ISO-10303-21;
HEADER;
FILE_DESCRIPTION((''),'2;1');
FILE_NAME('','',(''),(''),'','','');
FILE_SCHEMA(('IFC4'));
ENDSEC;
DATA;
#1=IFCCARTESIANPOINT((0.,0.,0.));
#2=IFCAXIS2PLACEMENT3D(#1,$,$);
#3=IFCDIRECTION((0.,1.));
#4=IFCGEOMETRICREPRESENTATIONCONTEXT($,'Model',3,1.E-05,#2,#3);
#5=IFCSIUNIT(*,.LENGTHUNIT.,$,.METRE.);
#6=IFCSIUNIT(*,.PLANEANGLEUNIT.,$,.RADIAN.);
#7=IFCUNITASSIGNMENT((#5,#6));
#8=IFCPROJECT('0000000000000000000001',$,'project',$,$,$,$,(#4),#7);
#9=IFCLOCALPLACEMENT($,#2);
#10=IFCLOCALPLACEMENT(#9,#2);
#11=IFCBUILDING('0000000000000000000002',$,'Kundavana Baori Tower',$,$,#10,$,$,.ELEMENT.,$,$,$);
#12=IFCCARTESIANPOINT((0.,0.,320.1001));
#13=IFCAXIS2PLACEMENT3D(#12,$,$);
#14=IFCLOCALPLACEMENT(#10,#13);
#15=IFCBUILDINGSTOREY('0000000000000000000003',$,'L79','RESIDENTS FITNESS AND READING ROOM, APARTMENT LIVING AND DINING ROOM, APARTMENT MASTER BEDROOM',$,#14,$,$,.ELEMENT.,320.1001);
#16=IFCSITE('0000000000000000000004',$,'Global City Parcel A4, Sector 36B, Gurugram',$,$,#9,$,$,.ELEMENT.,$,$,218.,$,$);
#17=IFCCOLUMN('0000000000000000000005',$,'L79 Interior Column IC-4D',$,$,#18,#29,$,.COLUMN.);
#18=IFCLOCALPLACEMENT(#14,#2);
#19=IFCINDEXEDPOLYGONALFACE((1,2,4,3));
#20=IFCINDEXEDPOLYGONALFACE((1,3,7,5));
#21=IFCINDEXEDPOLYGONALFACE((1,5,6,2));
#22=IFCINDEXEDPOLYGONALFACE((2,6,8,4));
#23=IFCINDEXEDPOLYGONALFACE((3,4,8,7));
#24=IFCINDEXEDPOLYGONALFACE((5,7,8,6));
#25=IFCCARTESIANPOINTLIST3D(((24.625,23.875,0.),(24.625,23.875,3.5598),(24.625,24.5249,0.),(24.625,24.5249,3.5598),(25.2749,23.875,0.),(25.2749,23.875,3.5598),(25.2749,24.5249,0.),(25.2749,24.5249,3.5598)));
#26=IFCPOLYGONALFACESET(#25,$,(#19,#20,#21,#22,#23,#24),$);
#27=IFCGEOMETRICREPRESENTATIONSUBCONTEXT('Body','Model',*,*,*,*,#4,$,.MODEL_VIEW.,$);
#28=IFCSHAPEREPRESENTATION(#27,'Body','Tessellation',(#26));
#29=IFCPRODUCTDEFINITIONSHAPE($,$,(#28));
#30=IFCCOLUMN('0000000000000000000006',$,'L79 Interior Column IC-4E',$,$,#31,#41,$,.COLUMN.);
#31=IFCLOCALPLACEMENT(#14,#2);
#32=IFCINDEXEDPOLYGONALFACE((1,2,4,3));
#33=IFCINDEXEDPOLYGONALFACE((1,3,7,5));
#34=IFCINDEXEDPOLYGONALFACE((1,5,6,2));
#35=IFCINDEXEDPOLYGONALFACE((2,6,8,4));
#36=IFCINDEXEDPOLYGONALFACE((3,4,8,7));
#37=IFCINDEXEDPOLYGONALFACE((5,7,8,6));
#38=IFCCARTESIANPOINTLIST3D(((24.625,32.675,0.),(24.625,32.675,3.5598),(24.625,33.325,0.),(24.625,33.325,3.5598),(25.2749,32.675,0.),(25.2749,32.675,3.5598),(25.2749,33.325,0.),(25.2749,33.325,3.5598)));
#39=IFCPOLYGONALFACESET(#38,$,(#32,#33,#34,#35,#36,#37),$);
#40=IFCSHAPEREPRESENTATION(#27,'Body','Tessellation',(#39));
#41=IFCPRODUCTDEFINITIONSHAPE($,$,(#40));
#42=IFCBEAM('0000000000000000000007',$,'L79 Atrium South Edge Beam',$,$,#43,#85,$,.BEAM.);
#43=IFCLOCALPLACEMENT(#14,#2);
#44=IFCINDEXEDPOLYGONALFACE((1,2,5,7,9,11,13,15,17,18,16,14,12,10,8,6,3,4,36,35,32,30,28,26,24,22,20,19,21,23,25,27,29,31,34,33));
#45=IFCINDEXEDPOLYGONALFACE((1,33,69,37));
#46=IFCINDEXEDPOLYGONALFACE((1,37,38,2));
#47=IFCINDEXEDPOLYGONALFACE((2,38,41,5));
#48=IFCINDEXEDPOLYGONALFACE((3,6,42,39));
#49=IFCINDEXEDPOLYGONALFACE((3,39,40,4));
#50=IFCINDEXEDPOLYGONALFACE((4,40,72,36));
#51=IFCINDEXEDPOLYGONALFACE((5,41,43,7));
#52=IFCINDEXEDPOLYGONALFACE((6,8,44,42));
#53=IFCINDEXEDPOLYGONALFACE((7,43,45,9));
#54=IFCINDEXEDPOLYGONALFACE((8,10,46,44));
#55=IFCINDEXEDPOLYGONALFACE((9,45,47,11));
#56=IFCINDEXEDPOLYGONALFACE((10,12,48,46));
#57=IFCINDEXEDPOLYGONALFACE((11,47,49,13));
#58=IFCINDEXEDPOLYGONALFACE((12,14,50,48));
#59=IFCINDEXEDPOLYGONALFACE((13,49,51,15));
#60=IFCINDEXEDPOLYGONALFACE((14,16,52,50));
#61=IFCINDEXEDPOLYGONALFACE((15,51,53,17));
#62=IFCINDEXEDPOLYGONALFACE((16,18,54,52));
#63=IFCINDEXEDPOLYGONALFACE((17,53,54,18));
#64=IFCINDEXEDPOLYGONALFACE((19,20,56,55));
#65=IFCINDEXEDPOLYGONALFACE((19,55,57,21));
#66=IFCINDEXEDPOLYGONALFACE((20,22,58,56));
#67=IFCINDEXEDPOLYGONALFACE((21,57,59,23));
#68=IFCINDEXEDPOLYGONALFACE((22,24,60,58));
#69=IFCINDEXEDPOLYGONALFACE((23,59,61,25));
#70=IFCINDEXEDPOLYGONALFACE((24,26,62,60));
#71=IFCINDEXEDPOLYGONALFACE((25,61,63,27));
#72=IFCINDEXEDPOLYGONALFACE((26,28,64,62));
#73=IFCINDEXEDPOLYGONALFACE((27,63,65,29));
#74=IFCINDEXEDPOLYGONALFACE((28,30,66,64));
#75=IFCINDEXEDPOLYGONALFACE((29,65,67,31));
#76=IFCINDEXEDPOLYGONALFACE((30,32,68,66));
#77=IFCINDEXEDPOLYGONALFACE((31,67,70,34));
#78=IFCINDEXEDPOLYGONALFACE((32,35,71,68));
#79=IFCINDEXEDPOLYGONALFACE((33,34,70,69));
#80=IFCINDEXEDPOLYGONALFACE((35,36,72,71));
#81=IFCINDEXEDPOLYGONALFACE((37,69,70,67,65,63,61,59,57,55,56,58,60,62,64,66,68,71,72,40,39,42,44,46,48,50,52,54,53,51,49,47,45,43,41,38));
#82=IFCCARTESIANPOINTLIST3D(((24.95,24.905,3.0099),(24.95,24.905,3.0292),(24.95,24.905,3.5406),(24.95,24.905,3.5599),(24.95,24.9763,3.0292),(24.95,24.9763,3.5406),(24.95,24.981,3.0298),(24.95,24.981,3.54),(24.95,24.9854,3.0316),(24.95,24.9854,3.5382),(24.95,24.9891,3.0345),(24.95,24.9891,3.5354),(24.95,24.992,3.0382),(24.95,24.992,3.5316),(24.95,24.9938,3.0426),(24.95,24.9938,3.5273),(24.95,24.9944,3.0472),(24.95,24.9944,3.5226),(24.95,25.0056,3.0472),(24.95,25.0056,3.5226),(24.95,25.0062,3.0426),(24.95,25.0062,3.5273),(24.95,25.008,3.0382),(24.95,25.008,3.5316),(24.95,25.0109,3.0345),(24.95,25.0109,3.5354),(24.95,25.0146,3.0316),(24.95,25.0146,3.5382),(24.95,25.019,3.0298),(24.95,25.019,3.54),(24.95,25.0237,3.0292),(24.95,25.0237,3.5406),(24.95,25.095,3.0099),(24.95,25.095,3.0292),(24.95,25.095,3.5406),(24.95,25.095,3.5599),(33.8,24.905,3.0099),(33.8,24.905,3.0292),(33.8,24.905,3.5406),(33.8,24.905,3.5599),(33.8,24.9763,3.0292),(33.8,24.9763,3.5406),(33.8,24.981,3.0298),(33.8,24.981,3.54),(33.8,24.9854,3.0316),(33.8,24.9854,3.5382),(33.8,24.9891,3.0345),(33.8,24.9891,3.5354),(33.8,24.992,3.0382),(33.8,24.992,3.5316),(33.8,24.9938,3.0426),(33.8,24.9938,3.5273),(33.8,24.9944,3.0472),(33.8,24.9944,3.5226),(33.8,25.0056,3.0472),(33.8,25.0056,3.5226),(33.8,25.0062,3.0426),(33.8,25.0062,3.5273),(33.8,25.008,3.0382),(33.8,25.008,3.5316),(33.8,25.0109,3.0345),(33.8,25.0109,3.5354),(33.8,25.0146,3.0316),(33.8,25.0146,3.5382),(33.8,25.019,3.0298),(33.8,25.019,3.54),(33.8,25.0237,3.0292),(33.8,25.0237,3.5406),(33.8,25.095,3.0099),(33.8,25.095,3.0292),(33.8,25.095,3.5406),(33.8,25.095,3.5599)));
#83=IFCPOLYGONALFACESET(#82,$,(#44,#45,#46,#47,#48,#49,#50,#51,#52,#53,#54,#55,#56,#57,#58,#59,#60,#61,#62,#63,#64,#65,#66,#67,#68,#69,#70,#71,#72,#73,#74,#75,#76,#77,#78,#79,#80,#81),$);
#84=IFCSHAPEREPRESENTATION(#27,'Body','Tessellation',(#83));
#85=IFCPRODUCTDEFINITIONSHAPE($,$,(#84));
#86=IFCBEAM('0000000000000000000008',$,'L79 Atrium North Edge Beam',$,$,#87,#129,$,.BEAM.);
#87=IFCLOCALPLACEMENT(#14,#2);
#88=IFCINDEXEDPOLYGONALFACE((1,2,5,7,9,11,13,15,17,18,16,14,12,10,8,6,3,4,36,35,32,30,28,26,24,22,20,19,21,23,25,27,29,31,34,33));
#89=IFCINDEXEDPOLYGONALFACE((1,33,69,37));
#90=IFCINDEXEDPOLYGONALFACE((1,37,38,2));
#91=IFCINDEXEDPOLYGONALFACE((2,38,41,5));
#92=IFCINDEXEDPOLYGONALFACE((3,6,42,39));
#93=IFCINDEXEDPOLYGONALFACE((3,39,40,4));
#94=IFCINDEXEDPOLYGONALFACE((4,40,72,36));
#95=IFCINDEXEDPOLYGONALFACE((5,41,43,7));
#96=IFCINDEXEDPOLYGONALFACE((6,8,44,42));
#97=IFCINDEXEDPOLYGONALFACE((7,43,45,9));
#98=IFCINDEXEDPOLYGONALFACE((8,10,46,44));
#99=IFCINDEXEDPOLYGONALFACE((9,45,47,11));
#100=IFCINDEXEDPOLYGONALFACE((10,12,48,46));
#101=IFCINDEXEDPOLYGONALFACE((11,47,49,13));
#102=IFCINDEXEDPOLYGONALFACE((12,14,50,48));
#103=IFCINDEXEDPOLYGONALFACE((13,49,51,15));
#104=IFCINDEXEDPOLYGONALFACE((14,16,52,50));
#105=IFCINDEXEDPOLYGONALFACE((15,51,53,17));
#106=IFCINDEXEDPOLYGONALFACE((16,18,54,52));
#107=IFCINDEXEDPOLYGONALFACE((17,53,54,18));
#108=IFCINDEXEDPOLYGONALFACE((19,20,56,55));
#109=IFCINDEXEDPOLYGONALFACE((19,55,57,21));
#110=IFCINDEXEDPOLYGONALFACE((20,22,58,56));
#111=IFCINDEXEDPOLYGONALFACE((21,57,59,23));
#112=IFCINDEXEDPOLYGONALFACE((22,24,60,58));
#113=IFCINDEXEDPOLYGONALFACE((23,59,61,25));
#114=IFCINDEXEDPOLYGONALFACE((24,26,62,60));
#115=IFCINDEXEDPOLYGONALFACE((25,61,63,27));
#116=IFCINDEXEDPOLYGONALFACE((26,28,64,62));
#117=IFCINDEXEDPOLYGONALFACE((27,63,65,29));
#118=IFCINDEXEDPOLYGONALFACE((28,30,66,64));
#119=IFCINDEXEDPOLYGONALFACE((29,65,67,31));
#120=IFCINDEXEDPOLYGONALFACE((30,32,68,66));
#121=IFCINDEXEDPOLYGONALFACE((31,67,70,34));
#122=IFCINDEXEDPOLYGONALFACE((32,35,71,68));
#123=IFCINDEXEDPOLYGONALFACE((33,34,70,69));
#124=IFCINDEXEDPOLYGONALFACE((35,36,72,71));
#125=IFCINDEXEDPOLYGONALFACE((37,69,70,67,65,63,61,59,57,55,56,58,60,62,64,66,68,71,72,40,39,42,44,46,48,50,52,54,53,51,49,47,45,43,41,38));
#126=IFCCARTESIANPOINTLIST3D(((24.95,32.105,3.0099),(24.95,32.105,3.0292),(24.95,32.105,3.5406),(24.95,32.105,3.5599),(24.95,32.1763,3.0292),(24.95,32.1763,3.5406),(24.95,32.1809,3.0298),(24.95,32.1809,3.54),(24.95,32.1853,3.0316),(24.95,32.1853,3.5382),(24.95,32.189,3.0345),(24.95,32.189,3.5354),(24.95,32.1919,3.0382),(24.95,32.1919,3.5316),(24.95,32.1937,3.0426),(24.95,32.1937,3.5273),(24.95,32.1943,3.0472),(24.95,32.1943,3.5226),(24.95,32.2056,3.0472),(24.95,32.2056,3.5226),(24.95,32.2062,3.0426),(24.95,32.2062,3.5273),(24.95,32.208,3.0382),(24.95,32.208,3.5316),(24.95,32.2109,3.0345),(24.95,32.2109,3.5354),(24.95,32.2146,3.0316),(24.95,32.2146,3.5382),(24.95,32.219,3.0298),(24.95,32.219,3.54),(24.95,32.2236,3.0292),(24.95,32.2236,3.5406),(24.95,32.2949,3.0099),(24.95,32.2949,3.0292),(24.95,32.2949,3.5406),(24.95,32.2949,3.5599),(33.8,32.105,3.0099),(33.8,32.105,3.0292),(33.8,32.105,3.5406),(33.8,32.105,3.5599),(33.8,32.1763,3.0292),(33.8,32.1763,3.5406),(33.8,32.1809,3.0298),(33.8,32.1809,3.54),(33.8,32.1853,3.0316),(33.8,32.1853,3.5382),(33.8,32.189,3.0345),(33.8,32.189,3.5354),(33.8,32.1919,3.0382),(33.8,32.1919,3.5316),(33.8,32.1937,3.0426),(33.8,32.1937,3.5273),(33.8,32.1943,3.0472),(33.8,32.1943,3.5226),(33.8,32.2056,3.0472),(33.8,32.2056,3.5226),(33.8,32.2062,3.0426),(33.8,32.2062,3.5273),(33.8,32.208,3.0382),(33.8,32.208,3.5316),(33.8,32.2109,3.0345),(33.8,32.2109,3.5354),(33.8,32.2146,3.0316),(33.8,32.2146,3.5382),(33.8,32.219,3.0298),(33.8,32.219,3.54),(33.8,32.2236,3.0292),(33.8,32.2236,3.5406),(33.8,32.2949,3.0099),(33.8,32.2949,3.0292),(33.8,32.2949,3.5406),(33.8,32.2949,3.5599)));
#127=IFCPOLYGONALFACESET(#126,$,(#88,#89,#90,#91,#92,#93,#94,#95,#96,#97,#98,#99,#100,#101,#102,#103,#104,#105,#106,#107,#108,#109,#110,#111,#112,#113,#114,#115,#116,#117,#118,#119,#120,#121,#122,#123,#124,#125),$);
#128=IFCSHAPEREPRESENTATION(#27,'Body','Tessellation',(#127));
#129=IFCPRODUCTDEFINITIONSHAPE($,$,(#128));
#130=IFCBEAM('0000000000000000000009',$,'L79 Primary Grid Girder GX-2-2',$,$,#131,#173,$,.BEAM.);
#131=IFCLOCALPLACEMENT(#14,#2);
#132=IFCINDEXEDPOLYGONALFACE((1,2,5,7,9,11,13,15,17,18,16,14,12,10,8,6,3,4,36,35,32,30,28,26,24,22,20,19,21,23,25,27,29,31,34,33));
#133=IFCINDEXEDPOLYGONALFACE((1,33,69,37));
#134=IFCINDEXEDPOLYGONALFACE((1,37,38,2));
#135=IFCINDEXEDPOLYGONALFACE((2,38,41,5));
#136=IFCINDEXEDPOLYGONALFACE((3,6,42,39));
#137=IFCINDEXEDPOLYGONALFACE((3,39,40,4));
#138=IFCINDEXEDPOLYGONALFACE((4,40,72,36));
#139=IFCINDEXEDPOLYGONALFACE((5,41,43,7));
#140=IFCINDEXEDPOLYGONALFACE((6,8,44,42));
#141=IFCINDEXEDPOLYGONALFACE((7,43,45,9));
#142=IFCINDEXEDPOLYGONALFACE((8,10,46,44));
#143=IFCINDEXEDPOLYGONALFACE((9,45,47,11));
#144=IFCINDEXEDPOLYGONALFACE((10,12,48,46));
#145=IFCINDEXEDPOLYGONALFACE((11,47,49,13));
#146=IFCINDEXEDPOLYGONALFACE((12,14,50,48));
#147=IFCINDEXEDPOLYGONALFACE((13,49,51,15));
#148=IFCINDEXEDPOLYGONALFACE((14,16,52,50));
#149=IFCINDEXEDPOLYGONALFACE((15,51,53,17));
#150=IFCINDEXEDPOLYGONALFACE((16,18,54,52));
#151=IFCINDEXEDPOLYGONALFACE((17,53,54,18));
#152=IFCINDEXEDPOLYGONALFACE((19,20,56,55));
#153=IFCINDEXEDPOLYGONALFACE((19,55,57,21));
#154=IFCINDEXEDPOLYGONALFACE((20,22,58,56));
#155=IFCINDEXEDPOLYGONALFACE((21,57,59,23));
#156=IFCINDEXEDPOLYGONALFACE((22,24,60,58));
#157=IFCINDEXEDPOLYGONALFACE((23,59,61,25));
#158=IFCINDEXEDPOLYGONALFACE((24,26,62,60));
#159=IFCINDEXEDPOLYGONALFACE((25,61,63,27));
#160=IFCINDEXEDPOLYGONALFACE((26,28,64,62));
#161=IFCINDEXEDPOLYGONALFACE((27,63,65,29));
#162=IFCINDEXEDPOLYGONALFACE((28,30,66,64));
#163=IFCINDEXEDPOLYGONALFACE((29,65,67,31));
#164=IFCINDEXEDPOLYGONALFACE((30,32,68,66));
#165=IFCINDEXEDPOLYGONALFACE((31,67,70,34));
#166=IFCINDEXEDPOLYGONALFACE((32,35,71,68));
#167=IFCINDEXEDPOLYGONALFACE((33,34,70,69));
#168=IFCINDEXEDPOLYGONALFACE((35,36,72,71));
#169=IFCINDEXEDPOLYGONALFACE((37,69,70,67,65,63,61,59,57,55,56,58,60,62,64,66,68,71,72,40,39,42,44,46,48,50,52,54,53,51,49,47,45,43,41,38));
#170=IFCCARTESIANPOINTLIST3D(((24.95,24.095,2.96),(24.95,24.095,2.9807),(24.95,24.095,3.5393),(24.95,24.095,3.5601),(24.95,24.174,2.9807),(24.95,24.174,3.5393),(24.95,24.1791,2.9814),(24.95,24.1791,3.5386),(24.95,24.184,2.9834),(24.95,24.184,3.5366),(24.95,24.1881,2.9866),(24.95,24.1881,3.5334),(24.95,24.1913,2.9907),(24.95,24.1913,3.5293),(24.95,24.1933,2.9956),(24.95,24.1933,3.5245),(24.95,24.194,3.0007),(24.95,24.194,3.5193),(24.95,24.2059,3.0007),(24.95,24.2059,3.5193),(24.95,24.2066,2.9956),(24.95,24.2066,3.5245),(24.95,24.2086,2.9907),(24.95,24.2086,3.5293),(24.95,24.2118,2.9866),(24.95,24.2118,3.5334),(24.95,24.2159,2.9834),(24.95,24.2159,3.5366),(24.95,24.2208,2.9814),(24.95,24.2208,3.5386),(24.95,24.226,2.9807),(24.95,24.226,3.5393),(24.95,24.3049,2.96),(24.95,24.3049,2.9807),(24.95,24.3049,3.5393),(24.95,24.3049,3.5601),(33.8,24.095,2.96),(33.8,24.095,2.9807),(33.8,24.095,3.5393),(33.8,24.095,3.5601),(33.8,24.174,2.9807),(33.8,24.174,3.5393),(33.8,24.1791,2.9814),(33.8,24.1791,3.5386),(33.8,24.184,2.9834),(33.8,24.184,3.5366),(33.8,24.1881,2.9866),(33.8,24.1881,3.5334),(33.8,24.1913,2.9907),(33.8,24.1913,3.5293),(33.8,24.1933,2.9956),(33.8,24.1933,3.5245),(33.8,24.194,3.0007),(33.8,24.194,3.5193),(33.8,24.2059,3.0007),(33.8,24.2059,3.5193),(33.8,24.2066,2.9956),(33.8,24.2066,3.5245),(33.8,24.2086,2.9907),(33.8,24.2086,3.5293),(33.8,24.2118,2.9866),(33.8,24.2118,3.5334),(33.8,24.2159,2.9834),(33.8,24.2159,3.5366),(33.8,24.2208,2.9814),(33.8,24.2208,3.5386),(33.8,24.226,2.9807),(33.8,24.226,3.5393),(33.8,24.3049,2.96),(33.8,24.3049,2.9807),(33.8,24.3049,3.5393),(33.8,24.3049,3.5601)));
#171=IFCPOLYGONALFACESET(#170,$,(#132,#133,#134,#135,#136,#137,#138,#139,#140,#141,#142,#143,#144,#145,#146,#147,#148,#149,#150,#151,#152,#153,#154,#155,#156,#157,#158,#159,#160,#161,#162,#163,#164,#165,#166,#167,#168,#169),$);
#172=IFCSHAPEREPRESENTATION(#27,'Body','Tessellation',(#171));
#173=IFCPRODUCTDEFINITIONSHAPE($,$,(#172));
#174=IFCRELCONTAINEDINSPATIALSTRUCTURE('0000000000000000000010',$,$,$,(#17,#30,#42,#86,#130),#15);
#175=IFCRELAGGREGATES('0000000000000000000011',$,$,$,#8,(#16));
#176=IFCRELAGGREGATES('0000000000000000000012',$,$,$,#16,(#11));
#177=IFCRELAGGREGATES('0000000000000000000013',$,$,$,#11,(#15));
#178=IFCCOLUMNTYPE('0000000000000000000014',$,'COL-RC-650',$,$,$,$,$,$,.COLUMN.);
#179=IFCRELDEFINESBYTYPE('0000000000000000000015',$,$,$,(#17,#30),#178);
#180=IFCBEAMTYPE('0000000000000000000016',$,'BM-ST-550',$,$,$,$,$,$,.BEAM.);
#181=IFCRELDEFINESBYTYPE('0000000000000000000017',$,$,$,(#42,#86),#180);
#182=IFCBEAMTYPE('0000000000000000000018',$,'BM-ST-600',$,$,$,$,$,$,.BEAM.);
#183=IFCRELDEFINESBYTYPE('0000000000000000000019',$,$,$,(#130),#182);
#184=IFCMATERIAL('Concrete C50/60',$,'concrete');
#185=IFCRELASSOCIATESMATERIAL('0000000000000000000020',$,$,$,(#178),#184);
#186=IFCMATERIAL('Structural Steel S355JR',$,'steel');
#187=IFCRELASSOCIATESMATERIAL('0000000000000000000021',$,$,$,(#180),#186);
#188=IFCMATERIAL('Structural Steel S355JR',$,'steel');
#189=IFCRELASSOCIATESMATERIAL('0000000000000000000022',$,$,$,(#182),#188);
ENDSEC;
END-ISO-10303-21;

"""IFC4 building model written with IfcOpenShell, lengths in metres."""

from ifc_helpers import new_model, si_unit, direction, frame, origin, origin_2d, place, context, subcontext, project, spatial, rectangle, i_section, extrude, material, material_profile, profile_set, type_object, element, save


model = new_model("IFC4")

# Units and contexts
model_context = context("Model", 3, precision=1e-05, world=origin(), true_north=direction((0.0, 1.0)))
body_context = subcontext(model_context, "Body", "Model", "MODEL_VIEW")
ifc_project = project(units=[si_unit("LENGTHUNIT", "METRE"), si_unit("PLANEANGLEUNIT", "RADIAN")], contexts=[model_context])

# Site, building, storey
site_placement = place(None, origin())
site = spatial("IfcSite", under=ifc_project, at=site_placement, Name="Global City Parcel A4, Sector 36B, Gurugram", CompositionType="ELEMENT", RefElevation=218.0)
building_placement = place(site_placement, origin())
building = spatial("IfcBuilding", under=site, at=building_placement, Name="Kundavana Baori Tower", CompositionType="ELEMENT")
storey_placement = place(building_placement, frame((0.0, 0.0, 320.1001)))
storey = spatial("IfcBuildingStorey", under=building, at=storey_placement, Name="L79", Description="RESIDENTS FITNESS AND READING ROOM, APARTMENT LIVING AND DINING ROOM, APARTMENT MASTER BEDROOM", CompositionType="ELEMENT", Elevation=320.1001)

# Columns
ifc_material_1 = material(Name="Concrete C50/60", Category="concrete")
ifc_material_profile_1 = material_profile(ifc_material_1, rectangle(XDim=0.6499, YDim=0.6499, at=origin_2d()), Name="RC 650x650")
ifc_profile_set_1 = profile_set([ifc_material_profile_1], Name="Concrete C50/60")
column_type = type_object("IfcColumnType", Name="COL-RC-650", PredefinedType="COLUMN", material=ifc_profile_set_1)
for number, where, z_axis, x_axis, name in (
    (1, (24.95, 24.2, 0.0), (0.0, 0.0, 1.0), (1.0, 0.0, 0.0), "L79 Interior Column IC-4D"),
    (2, (24.95, 33.0, 0.0), (0.0, 0.0, 1.0), (1.0, 0.0, 0.0), "L79 Interior Column IC-4E"),
):
    element("IfcColumn", number, at=place(storey_placement, frame(where, z_axis=z_axis, x_axis=x_axis)), inside=storey, type_object=column_type, Name=name, PredefinedType="COLUMN", context=body_context, shape_type="SweptSolid", body=[
        extrude(rectangle(XDim=0.6499, YDim=0.6499, at=origin_2d()), origin(), (0.0, 0.0, 1.0), 3.5598),
    ])

# Beams
ifc_material_2 = material(Name="Structural Steel S355JR", Category="steel")
ifc_material_profile_2 = material_profile(ifc_material_2, i_section(OverallWidth=0.1899, OverallDepth=0.55, WebThickness=0.0112, FlangeThickness=0.0193, FilletRadius=0.0181, at=origin_2d()), Name="ISMB 550")
ifc_profile_set_2 = profile_set([ifc_material_profile_2], Name="Structural Steel S355JR")
beam_type_1 = type_object("IfcBeamType", Name="BM-ST-550", PredefinedType="BEAM", material=ifc_profile_set_2)
for number, where, z_axis, x_axis, name in (
    (3, (24.95, 25.0, 3.2849), (1.0, 0.0, 0.0), (0.0, 1.0, 0.0), "L79 Atrium South Edge Beam"),
    (4, (24.95, 32.2, 3.2849), (1.0, 0.0, 0.0), (0.0, 1.0, 0.0), "L79 Atrium North Edge Beam"),
):
    element("IfcBeam", number, at=place(storey_placement, frame(where, z_axis=z_axis, x_axis=x_axis)), inside=storey, type_object=beam_type_1, Name=name, PredefinedType="BEAM", context=body_context, shape_type="SweptSolid", body=[
        extrude(i_section(OverallWidth=0.1899, OverallDepth=0.55, WebThickness=0.0112, FlangeThickness=0.0193, FilletRadius=0.0181, at=origin_2d()), origin(), (0.0, 0.0, 1.0), 8.8501),
    ])
ifc_material_3 = material(Name="Structural Steel S355JR", Category="steel")
ifc_material_profile_3 = material_profile(ifc_material_3, i_section(OverallWidth=0.21, OverallDepth=0.6001, WebThickness=0.012, FlangeThickness=0.0208, FilletRadius=0.02, at=origin_2d()), Name="ISMB 600")
ifc_profile_set_3 = profile_set([ifc_material_profile_3], Name="Structural Steel S355JR")
beam_type_2 = type_object("IfcBeamType", Name="BM-ST-600", PredefinedType="BEAM", material=ifc_profile_set_3)
for number, where, z_axis, x_axis, name in (
    (5, (24.95, 24.2, 3.26), (1.0, 0.0, 0.0), (0.0, 1.0, 0.0), "L79 Primary Grid Girder GX-2-2"),
):
    element("IfcBeam", number, at=place(storey_placement, frame(where, z_axis=z_axis, x_axis=x_axis)), inside=storey, type_object=beam_type_2, Name=name, PredefinedType="BEAM", context=body_context, shape_type="SweptSolid", body=[
        extrude(i_section(OverallWidth=0.21, OverallDepth=0.6001, WebThickness=0.012, FlangeThickness=0.0208, FilletRadius=0.02, at=origin_2d()), origin(), (0.0, 0.0, 1.0), 8.8501),
    ])

save(model, "model.ifc")
